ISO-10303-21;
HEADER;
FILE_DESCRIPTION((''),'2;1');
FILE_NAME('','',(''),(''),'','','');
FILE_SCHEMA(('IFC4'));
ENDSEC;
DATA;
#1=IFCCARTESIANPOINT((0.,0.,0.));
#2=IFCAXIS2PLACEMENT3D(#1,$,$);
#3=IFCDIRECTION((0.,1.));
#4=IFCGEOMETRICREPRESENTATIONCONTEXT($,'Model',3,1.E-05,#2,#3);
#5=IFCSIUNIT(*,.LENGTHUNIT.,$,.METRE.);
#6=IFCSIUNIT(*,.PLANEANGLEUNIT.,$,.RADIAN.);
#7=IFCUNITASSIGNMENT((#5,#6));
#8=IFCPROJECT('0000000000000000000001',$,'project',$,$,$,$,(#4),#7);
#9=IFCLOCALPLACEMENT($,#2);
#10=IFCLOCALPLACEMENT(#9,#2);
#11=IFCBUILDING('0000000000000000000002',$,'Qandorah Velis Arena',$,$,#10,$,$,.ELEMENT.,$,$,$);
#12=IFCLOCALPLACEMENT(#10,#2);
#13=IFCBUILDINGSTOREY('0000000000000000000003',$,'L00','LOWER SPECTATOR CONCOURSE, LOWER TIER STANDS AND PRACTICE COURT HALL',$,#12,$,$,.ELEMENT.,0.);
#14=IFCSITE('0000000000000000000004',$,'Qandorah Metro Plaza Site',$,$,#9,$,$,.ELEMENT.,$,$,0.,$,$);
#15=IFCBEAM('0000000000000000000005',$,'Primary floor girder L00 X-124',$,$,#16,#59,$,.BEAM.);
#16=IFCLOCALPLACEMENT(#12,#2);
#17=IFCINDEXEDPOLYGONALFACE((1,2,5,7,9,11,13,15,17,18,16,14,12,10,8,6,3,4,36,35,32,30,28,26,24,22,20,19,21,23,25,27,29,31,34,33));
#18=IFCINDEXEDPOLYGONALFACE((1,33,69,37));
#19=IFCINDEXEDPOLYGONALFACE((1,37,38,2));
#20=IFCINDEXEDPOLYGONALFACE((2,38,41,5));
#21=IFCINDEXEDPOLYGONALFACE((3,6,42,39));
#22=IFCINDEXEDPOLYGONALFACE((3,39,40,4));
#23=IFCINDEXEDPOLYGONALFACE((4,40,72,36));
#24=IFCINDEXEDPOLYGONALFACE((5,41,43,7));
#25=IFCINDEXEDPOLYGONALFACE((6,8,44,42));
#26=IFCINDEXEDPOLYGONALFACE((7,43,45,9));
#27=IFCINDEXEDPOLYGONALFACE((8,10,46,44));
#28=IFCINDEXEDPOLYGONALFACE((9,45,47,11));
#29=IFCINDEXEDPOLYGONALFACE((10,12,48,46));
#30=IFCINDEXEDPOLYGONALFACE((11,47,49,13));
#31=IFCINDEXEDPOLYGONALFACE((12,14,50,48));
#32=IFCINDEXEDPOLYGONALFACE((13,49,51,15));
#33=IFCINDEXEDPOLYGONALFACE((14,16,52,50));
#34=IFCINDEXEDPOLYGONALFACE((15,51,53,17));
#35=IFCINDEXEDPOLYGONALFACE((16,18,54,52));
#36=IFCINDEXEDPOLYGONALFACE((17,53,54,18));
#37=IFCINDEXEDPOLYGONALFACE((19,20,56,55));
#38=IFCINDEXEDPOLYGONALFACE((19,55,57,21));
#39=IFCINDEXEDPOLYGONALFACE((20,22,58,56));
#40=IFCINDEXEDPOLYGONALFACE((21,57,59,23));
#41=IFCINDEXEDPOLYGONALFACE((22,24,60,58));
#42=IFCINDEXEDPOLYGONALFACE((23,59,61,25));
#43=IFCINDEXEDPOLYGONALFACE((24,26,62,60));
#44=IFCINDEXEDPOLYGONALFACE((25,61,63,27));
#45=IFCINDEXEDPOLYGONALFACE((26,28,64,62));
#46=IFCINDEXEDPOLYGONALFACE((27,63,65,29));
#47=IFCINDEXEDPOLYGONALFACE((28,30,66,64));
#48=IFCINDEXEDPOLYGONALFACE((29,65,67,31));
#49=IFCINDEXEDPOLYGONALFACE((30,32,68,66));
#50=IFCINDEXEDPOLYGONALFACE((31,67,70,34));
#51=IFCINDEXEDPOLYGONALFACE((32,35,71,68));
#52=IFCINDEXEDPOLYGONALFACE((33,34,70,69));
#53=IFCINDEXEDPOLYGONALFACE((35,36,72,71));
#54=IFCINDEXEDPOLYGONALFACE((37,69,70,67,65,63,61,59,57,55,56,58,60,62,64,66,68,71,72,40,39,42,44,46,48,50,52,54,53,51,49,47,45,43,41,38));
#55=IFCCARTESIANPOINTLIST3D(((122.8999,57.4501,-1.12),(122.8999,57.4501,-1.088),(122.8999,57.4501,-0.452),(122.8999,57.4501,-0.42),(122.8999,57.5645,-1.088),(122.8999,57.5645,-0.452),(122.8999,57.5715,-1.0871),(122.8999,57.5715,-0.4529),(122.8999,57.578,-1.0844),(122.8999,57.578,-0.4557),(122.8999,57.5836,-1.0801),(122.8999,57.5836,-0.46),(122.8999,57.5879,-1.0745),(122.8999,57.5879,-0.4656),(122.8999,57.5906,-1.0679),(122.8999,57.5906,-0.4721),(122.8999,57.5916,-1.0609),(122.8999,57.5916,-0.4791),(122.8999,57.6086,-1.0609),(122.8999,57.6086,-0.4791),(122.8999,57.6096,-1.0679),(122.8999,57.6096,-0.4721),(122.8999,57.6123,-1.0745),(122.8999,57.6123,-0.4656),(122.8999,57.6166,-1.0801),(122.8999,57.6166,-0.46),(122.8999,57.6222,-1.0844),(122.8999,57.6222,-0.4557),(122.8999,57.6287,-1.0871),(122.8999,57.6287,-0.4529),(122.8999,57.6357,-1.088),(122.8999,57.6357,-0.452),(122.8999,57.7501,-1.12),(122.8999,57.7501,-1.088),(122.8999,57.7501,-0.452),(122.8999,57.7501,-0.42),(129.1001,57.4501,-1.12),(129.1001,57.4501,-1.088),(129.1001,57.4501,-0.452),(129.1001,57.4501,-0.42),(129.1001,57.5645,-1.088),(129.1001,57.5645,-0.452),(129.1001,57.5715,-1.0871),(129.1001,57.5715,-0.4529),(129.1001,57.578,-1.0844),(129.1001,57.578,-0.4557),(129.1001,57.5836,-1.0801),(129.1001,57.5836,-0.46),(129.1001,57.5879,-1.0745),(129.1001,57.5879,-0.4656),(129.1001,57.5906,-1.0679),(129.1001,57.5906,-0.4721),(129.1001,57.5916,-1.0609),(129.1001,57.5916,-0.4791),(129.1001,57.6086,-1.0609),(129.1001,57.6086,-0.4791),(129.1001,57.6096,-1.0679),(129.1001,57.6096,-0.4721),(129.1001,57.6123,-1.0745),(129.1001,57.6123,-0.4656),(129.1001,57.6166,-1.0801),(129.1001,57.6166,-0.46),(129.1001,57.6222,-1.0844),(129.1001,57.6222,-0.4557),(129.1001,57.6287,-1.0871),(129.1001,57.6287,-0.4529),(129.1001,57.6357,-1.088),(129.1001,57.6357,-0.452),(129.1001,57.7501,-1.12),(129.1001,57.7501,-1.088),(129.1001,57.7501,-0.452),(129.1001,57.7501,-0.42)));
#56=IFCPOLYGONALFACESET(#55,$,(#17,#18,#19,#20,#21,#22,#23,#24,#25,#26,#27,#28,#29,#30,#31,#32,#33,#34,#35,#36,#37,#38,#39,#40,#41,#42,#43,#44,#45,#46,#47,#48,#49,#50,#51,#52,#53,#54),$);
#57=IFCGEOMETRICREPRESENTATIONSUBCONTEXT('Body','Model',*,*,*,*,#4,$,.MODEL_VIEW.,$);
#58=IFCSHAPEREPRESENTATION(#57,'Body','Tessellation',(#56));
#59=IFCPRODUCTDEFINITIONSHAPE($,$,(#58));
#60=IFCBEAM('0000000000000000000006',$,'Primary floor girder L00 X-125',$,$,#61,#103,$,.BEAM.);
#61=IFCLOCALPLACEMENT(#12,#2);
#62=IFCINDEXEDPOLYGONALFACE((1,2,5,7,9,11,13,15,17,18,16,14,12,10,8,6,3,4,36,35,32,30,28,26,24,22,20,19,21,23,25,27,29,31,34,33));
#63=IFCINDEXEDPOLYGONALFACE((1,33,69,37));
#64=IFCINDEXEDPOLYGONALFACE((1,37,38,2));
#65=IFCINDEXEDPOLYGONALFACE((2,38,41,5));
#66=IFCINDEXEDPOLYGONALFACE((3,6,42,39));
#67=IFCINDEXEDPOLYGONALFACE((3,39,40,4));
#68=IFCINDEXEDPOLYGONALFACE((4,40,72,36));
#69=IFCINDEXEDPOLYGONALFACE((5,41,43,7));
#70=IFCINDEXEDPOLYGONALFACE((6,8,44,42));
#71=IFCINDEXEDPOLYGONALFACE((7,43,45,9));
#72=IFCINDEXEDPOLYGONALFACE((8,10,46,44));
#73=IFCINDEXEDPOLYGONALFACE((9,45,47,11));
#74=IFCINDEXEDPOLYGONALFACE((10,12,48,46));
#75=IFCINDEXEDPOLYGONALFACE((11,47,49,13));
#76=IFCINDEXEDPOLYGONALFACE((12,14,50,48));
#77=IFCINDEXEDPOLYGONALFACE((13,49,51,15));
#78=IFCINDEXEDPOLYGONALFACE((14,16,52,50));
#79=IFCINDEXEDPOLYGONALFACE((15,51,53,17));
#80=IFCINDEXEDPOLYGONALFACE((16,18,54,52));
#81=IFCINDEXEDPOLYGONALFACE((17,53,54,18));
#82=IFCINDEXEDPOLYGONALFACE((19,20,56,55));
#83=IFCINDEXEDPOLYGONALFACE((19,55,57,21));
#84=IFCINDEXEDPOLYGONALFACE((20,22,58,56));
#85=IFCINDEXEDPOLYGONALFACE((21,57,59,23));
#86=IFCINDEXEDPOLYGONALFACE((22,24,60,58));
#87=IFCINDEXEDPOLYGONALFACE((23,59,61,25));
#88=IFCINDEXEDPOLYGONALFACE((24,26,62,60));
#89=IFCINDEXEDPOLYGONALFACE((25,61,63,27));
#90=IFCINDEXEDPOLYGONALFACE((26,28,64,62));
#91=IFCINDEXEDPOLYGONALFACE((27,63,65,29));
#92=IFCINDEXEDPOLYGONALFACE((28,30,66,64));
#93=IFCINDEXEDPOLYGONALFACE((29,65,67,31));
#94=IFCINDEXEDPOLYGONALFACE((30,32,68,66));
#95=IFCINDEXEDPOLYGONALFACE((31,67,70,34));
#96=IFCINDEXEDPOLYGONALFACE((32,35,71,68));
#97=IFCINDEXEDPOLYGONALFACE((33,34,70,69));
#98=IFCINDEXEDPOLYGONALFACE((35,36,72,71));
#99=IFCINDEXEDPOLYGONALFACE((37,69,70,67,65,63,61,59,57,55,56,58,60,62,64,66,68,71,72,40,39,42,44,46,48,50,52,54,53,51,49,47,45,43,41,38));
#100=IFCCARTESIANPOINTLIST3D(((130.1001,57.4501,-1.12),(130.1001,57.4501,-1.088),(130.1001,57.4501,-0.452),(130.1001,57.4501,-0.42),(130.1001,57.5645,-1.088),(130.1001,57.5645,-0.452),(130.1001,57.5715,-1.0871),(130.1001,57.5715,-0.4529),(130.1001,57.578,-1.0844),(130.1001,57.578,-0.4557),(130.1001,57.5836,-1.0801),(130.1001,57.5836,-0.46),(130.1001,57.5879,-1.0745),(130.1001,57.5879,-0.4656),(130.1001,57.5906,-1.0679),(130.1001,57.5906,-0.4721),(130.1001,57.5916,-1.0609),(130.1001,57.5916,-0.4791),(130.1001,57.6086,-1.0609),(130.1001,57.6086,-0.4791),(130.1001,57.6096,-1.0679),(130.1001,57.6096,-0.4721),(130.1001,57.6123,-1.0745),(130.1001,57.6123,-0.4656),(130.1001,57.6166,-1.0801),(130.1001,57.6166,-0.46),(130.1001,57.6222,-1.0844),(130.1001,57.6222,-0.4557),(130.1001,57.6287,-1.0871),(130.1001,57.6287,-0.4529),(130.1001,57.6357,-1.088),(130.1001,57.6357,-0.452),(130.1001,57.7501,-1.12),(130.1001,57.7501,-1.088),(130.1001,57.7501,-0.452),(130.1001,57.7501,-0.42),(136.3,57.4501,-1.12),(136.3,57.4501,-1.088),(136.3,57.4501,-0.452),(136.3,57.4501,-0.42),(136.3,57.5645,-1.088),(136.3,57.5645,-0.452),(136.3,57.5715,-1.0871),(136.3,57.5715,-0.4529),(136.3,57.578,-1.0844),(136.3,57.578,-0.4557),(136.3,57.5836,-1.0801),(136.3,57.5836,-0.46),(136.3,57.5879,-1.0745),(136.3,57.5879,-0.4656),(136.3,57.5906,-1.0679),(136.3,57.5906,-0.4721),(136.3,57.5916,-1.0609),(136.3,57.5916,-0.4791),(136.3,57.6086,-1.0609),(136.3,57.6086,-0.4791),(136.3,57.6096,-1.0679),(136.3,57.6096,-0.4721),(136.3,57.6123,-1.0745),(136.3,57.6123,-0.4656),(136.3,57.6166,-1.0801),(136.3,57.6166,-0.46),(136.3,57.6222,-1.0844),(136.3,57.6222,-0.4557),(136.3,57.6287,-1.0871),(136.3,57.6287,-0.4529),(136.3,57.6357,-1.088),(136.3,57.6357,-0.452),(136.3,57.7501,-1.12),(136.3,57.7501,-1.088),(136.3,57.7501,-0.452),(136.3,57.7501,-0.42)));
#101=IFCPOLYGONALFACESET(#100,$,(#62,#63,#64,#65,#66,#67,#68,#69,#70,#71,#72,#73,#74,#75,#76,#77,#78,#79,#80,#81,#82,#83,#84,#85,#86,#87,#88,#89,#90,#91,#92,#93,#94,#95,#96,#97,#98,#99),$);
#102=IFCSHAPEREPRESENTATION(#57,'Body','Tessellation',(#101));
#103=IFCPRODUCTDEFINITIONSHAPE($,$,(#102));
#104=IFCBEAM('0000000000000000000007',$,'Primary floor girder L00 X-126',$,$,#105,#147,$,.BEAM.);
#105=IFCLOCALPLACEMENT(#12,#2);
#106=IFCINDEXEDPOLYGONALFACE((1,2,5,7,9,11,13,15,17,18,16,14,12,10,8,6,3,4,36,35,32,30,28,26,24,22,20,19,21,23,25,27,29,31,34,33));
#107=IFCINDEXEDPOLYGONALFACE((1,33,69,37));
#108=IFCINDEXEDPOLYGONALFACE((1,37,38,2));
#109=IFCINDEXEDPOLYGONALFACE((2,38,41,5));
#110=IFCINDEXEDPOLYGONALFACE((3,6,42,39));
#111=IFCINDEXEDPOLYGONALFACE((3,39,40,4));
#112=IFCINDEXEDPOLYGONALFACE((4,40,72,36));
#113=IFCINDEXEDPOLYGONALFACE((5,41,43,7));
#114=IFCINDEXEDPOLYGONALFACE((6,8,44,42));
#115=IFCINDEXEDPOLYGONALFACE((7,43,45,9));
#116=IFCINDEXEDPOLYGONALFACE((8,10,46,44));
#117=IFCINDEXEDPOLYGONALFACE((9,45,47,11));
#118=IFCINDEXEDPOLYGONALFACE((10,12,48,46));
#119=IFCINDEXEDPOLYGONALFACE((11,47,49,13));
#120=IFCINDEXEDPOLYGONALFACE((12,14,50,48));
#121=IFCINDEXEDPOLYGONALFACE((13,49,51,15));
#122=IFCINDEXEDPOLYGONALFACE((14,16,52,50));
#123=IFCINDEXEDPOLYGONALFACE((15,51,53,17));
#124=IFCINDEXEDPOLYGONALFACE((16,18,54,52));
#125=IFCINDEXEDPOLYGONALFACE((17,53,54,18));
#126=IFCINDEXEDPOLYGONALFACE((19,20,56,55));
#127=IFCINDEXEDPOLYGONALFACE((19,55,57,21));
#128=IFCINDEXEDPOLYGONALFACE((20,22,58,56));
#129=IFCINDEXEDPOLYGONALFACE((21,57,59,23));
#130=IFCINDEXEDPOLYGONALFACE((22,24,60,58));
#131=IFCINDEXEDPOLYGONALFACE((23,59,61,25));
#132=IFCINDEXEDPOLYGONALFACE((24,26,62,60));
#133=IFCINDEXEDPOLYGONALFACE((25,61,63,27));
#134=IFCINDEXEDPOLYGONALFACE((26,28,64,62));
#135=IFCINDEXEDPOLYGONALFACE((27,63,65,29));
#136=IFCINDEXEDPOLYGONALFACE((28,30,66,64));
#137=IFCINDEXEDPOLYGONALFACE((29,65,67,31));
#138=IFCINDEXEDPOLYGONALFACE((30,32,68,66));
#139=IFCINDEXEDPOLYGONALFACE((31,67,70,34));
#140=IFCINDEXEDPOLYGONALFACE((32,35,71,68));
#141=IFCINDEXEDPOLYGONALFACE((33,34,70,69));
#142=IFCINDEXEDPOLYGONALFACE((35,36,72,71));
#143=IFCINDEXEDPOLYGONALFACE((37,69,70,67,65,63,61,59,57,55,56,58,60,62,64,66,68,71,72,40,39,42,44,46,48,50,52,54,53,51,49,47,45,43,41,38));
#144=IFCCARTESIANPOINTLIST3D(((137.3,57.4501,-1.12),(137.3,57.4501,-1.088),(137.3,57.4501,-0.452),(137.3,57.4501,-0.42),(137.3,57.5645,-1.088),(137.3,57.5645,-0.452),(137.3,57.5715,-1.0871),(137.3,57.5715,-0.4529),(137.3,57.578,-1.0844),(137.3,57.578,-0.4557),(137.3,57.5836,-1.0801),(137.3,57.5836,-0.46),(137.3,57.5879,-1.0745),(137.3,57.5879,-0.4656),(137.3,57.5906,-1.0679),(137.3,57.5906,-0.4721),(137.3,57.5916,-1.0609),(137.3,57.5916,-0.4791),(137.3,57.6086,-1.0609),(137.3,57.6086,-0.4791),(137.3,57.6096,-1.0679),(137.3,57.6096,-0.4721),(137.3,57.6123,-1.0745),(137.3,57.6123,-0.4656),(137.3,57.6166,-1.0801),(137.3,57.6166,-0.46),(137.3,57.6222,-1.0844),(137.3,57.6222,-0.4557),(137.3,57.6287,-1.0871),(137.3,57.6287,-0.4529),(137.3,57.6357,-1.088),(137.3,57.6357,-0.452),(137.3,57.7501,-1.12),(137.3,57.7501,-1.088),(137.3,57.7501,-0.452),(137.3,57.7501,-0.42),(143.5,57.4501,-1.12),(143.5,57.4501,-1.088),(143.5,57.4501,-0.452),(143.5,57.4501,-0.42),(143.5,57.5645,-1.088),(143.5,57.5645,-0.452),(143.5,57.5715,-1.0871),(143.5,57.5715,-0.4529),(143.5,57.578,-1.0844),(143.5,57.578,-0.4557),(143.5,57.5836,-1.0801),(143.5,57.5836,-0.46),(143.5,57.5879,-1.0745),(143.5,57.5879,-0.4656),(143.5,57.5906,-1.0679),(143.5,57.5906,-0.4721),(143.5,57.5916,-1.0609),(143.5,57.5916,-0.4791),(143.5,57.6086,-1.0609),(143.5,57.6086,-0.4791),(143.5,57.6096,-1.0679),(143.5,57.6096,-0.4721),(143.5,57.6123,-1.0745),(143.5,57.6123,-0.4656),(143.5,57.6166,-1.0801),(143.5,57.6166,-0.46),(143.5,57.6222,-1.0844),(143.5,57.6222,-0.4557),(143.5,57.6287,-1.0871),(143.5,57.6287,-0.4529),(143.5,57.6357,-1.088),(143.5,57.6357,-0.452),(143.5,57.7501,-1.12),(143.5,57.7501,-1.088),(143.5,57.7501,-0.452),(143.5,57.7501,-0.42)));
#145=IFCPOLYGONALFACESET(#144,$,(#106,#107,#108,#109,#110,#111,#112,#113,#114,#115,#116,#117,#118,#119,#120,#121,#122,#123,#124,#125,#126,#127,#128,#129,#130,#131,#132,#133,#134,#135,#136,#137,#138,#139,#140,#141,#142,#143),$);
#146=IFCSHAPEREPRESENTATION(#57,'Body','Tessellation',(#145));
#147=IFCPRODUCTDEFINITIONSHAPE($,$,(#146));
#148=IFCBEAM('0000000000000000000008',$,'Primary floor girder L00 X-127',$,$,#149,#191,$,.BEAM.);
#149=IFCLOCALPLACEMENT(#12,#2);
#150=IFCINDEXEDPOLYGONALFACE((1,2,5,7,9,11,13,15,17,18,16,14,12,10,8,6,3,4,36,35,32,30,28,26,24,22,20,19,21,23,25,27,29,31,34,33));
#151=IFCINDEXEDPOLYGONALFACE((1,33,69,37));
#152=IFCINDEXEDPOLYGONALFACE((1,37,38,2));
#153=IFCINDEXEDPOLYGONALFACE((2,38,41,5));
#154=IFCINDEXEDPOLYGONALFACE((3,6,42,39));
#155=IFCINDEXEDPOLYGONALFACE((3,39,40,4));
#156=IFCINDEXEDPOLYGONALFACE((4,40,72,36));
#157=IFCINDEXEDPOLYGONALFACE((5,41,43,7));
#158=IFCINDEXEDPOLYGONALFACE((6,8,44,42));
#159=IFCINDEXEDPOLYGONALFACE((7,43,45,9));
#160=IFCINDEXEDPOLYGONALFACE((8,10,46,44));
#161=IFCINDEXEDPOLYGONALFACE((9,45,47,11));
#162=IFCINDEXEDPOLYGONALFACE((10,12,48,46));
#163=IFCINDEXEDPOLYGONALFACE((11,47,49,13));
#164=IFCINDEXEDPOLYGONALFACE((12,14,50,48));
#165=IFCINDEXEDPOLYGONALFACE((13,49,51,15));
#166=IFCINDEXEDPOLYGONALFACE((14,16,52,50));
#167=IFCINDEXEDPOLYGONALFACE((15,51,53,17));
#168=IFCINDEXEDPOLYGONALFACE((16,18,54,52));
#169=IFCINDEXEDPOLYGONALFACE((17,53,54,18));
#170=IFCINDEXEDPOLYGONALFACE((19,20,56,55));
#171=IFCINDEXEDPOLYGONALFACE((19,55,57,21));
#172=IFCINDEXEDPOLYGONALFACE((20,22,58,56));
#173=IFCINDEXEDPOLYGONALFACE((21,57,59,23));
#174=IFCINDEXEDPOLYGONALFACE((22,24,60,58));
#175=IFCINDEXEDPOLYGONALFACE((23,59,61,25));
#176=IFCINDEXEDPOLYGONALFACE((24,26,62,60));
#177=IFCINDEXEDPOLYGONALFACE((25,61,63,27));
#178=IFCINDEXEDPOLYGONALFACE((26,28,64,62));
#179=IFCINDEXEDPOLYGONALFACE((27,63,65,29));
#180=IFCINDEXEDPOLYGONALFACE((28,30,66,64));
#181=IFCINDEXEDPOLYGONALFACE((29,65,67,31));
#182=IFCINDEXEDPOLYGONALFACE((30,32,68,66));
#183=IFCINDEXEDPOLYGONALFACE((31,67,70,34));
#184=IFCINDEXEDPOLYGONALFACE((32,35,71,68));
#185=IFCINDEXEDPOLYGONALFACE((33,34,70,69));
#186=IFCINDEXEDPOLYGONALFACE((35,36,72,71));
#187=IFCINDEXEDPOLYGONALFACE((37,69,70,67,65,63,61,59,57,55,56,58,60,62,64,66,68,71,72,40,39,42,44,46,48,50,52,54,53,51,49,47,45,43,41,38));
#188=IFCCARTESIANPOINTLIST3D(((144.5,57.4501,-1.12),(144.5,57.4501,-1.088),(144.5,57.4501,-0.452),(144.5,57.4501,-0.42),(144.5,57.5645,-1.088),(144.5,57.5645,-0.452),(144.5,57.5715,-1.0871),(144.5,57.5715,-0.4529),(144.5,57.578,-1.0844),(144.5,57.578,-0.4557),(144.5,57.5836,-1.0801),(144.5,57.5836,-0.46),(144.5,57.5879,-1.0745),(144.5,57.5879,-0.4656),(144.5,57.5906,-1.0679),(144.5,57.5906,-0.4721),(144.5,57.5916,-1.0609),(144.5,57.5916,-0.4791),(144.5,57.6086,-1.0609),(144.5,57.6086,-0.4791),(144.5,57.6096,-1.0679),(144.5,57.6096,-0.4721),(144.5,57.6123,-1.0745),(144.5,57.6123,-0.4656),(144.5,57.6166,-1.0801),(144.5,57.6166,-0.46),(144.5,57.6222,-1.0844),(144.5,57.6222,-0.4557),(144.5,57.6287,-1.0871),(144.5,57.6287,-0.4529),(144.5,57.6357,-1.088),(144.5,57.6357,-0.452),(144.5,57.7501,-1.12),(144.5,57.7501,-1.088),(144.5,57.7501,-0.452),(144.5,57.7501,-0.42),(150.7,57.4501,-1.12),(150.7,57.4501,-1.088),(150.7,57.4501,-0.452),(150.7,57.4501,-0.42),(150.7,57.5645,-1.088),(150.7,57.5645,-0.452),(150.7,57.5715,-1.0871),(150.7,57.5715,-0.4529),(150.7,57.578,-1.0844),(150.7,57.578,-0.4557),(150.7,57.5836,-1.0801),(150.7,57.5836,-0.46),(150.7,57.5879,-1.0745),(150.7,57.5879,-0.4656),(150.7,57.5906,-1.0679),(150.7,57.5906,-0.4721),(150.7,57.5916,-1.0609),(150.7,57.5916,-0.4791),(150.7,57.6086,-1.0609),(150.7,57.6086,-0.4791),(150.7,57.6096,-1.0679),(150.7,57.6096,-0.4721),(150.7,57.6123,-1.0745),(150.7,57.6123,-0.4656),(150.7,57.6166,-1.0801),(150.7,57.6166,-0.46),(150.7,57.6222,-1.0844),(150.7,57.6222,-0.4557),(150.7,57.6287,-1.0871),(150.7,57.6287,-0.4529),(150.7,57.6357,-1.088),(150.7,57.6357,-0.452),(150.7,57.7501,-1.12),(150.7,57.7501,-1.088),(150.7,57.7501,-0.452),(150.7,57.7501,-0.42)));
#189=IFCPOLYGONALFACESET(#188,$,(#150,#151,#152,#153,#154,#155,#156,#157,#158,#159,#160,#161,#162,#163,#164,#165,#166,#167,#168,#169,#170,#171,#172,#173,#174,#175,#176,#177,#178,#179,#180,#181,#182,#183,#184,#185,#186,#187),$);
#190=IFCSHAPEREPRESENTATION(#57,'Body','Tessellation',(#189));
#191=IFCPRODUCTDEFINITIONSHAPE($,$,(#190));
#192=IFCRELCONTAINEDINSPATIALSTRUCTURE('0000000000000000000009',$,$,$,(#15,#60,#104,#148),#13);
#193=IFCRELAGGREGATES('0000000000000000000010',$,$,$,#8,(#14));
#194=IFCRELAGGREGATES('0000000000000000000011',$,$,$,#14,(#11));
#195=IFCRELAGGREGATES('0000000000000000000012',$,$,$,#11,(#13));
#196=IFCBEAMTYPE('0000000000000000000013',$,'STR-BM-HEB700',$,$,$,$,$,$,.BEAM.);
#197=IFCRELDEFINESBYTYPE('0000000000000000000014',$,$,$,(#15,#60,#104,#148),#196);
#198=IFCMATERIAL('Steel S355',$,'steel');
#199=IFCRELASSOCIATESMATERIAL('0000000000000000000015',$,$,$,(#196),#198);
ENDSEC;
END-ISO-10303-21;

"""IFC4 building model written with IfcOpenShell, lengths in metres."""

from ifc_helpers import new_model, si_unit, direction, frame, origin, origin_2d, place, context, subcontext, project, spatial, i_section, extrude, material, material_profile, profile_set, type_object, element, save


model = new_model("IFC4")

# Units and contexts
model_context = context("Model", 3, precision=1e-05, world=origin(), true_north=direction((0.0, 1.0)))
body_context = subcontext(model_context, "Body", "Model", "MODEL_VIEW")
ifc_project = project(units=[si_unit("LENGTHUNIT", "METRE"), si_unit("PLANEANGLEUNIT", "RADIAN")], contexts=[model_context])

# Site, building, storey
site_placement = place(None, origin())
site = spatial("IfcSite", under=ifc_project, at=site_placement, Name="Qandorah Metro Plaza Site", CompositionType="ELEMENT", RefElevation=0.0)
building_placement = place(site_placement, origin())
building = spatial("IfcBuilding", under=site, at=building_placement, Name="Qandorah Velis Arena", CompositionType="ELEMENT")
storey_placement = place(building_placement, origin())
storey = spatial("IfcBuildingStorey", under=building, at=storey_placement, Name="L00", Description="LOWER SPECTATOR CONCOURSE, LOWER TIER STANDS AND PRACTICE COURT HALL", CompositionType="ELEMENT", Elevation=0.0)

# Beams
ifc_material_1 = material(Name="Steel S355", Category="steel")
ifc_material_profile_1 = material_profile(ifc_material_1, i_section(OverallWidth=0.3, OverallDepth=0.7, WebThickness=0.0171, FlangeThickness=0.032, FilletRadius=0.0271, at=origin_2d()), Name="HEB 700")
ifc_profile_set_1 = profile_set([ifc_material_profile_1], Name="Steel S355")
beam_type_1 = type_object("IfcBeamType", Name="STR-BM-HEB700", PredefinedType="BEAM", material=ifc_profile_set_1)
beam_1_placement = place(storey_placement, frame((122.8999, 57.6001, -0.77), z_axis=(1.0, 0.0, 0.0), x_axis=(0.0, 1.0, 0.0)))
element("IfcBeam", 1, at=beam_1_placement, inside=storey, type_object=beam_type_1, Name="Primary floor girder L00 X-124", PredefinedType="BEAM", context=body_context, shape_type="SweptSolid", body=[
    extrude(i_section(OverallWidth=0.3, OverallDepth=0.7, WebThickness=0.0171, FlangeThickness=0.032, FilletRadius=0.0271, at=origin_2d()), origin(), (0.0, 0.0, 1.0), 6.2002),
])
for number, where, z_axis, x_axis, name in (
    (2, (130.1001, 57.6001, -0.77), (1.0, 0.0, 0.0), (0.0, 1.0, 0.0), "Primary floor girder L00 X-125"),
    (3, (137.3, 57.6001, -0.77), (1.0, 0.0, 0.0), (0.0, 1.0, 0.0), "Primary floor girder L00 X-126"),
    (4, (144.5, 57.6001, -0.77), (1.0, 0.0, 0.0), (0.0, 1.0, 0.0), "Primary floor girder L00 X-127"),
):
    element("IfcBeam", number, at=place(storey_placement, frame(where, z_axis=z_axis, x_axis=x_axis)), inside=storey, type_object=beam_type_1, Name=name, PredefinedType="BEAM", context=body_context, shape_type="SweptSolid", body=[
        extrude(i_section(OverallWidth=0.3, OverallDepth=0.7, WebThickness=0.0171, FlangeThickness=0.032, FilletRadius=0.0271, at=origin_2d()), origin(), (0.0, 0.0, 1.0), 6.2),
    ])

save(model, "model.ifc")
